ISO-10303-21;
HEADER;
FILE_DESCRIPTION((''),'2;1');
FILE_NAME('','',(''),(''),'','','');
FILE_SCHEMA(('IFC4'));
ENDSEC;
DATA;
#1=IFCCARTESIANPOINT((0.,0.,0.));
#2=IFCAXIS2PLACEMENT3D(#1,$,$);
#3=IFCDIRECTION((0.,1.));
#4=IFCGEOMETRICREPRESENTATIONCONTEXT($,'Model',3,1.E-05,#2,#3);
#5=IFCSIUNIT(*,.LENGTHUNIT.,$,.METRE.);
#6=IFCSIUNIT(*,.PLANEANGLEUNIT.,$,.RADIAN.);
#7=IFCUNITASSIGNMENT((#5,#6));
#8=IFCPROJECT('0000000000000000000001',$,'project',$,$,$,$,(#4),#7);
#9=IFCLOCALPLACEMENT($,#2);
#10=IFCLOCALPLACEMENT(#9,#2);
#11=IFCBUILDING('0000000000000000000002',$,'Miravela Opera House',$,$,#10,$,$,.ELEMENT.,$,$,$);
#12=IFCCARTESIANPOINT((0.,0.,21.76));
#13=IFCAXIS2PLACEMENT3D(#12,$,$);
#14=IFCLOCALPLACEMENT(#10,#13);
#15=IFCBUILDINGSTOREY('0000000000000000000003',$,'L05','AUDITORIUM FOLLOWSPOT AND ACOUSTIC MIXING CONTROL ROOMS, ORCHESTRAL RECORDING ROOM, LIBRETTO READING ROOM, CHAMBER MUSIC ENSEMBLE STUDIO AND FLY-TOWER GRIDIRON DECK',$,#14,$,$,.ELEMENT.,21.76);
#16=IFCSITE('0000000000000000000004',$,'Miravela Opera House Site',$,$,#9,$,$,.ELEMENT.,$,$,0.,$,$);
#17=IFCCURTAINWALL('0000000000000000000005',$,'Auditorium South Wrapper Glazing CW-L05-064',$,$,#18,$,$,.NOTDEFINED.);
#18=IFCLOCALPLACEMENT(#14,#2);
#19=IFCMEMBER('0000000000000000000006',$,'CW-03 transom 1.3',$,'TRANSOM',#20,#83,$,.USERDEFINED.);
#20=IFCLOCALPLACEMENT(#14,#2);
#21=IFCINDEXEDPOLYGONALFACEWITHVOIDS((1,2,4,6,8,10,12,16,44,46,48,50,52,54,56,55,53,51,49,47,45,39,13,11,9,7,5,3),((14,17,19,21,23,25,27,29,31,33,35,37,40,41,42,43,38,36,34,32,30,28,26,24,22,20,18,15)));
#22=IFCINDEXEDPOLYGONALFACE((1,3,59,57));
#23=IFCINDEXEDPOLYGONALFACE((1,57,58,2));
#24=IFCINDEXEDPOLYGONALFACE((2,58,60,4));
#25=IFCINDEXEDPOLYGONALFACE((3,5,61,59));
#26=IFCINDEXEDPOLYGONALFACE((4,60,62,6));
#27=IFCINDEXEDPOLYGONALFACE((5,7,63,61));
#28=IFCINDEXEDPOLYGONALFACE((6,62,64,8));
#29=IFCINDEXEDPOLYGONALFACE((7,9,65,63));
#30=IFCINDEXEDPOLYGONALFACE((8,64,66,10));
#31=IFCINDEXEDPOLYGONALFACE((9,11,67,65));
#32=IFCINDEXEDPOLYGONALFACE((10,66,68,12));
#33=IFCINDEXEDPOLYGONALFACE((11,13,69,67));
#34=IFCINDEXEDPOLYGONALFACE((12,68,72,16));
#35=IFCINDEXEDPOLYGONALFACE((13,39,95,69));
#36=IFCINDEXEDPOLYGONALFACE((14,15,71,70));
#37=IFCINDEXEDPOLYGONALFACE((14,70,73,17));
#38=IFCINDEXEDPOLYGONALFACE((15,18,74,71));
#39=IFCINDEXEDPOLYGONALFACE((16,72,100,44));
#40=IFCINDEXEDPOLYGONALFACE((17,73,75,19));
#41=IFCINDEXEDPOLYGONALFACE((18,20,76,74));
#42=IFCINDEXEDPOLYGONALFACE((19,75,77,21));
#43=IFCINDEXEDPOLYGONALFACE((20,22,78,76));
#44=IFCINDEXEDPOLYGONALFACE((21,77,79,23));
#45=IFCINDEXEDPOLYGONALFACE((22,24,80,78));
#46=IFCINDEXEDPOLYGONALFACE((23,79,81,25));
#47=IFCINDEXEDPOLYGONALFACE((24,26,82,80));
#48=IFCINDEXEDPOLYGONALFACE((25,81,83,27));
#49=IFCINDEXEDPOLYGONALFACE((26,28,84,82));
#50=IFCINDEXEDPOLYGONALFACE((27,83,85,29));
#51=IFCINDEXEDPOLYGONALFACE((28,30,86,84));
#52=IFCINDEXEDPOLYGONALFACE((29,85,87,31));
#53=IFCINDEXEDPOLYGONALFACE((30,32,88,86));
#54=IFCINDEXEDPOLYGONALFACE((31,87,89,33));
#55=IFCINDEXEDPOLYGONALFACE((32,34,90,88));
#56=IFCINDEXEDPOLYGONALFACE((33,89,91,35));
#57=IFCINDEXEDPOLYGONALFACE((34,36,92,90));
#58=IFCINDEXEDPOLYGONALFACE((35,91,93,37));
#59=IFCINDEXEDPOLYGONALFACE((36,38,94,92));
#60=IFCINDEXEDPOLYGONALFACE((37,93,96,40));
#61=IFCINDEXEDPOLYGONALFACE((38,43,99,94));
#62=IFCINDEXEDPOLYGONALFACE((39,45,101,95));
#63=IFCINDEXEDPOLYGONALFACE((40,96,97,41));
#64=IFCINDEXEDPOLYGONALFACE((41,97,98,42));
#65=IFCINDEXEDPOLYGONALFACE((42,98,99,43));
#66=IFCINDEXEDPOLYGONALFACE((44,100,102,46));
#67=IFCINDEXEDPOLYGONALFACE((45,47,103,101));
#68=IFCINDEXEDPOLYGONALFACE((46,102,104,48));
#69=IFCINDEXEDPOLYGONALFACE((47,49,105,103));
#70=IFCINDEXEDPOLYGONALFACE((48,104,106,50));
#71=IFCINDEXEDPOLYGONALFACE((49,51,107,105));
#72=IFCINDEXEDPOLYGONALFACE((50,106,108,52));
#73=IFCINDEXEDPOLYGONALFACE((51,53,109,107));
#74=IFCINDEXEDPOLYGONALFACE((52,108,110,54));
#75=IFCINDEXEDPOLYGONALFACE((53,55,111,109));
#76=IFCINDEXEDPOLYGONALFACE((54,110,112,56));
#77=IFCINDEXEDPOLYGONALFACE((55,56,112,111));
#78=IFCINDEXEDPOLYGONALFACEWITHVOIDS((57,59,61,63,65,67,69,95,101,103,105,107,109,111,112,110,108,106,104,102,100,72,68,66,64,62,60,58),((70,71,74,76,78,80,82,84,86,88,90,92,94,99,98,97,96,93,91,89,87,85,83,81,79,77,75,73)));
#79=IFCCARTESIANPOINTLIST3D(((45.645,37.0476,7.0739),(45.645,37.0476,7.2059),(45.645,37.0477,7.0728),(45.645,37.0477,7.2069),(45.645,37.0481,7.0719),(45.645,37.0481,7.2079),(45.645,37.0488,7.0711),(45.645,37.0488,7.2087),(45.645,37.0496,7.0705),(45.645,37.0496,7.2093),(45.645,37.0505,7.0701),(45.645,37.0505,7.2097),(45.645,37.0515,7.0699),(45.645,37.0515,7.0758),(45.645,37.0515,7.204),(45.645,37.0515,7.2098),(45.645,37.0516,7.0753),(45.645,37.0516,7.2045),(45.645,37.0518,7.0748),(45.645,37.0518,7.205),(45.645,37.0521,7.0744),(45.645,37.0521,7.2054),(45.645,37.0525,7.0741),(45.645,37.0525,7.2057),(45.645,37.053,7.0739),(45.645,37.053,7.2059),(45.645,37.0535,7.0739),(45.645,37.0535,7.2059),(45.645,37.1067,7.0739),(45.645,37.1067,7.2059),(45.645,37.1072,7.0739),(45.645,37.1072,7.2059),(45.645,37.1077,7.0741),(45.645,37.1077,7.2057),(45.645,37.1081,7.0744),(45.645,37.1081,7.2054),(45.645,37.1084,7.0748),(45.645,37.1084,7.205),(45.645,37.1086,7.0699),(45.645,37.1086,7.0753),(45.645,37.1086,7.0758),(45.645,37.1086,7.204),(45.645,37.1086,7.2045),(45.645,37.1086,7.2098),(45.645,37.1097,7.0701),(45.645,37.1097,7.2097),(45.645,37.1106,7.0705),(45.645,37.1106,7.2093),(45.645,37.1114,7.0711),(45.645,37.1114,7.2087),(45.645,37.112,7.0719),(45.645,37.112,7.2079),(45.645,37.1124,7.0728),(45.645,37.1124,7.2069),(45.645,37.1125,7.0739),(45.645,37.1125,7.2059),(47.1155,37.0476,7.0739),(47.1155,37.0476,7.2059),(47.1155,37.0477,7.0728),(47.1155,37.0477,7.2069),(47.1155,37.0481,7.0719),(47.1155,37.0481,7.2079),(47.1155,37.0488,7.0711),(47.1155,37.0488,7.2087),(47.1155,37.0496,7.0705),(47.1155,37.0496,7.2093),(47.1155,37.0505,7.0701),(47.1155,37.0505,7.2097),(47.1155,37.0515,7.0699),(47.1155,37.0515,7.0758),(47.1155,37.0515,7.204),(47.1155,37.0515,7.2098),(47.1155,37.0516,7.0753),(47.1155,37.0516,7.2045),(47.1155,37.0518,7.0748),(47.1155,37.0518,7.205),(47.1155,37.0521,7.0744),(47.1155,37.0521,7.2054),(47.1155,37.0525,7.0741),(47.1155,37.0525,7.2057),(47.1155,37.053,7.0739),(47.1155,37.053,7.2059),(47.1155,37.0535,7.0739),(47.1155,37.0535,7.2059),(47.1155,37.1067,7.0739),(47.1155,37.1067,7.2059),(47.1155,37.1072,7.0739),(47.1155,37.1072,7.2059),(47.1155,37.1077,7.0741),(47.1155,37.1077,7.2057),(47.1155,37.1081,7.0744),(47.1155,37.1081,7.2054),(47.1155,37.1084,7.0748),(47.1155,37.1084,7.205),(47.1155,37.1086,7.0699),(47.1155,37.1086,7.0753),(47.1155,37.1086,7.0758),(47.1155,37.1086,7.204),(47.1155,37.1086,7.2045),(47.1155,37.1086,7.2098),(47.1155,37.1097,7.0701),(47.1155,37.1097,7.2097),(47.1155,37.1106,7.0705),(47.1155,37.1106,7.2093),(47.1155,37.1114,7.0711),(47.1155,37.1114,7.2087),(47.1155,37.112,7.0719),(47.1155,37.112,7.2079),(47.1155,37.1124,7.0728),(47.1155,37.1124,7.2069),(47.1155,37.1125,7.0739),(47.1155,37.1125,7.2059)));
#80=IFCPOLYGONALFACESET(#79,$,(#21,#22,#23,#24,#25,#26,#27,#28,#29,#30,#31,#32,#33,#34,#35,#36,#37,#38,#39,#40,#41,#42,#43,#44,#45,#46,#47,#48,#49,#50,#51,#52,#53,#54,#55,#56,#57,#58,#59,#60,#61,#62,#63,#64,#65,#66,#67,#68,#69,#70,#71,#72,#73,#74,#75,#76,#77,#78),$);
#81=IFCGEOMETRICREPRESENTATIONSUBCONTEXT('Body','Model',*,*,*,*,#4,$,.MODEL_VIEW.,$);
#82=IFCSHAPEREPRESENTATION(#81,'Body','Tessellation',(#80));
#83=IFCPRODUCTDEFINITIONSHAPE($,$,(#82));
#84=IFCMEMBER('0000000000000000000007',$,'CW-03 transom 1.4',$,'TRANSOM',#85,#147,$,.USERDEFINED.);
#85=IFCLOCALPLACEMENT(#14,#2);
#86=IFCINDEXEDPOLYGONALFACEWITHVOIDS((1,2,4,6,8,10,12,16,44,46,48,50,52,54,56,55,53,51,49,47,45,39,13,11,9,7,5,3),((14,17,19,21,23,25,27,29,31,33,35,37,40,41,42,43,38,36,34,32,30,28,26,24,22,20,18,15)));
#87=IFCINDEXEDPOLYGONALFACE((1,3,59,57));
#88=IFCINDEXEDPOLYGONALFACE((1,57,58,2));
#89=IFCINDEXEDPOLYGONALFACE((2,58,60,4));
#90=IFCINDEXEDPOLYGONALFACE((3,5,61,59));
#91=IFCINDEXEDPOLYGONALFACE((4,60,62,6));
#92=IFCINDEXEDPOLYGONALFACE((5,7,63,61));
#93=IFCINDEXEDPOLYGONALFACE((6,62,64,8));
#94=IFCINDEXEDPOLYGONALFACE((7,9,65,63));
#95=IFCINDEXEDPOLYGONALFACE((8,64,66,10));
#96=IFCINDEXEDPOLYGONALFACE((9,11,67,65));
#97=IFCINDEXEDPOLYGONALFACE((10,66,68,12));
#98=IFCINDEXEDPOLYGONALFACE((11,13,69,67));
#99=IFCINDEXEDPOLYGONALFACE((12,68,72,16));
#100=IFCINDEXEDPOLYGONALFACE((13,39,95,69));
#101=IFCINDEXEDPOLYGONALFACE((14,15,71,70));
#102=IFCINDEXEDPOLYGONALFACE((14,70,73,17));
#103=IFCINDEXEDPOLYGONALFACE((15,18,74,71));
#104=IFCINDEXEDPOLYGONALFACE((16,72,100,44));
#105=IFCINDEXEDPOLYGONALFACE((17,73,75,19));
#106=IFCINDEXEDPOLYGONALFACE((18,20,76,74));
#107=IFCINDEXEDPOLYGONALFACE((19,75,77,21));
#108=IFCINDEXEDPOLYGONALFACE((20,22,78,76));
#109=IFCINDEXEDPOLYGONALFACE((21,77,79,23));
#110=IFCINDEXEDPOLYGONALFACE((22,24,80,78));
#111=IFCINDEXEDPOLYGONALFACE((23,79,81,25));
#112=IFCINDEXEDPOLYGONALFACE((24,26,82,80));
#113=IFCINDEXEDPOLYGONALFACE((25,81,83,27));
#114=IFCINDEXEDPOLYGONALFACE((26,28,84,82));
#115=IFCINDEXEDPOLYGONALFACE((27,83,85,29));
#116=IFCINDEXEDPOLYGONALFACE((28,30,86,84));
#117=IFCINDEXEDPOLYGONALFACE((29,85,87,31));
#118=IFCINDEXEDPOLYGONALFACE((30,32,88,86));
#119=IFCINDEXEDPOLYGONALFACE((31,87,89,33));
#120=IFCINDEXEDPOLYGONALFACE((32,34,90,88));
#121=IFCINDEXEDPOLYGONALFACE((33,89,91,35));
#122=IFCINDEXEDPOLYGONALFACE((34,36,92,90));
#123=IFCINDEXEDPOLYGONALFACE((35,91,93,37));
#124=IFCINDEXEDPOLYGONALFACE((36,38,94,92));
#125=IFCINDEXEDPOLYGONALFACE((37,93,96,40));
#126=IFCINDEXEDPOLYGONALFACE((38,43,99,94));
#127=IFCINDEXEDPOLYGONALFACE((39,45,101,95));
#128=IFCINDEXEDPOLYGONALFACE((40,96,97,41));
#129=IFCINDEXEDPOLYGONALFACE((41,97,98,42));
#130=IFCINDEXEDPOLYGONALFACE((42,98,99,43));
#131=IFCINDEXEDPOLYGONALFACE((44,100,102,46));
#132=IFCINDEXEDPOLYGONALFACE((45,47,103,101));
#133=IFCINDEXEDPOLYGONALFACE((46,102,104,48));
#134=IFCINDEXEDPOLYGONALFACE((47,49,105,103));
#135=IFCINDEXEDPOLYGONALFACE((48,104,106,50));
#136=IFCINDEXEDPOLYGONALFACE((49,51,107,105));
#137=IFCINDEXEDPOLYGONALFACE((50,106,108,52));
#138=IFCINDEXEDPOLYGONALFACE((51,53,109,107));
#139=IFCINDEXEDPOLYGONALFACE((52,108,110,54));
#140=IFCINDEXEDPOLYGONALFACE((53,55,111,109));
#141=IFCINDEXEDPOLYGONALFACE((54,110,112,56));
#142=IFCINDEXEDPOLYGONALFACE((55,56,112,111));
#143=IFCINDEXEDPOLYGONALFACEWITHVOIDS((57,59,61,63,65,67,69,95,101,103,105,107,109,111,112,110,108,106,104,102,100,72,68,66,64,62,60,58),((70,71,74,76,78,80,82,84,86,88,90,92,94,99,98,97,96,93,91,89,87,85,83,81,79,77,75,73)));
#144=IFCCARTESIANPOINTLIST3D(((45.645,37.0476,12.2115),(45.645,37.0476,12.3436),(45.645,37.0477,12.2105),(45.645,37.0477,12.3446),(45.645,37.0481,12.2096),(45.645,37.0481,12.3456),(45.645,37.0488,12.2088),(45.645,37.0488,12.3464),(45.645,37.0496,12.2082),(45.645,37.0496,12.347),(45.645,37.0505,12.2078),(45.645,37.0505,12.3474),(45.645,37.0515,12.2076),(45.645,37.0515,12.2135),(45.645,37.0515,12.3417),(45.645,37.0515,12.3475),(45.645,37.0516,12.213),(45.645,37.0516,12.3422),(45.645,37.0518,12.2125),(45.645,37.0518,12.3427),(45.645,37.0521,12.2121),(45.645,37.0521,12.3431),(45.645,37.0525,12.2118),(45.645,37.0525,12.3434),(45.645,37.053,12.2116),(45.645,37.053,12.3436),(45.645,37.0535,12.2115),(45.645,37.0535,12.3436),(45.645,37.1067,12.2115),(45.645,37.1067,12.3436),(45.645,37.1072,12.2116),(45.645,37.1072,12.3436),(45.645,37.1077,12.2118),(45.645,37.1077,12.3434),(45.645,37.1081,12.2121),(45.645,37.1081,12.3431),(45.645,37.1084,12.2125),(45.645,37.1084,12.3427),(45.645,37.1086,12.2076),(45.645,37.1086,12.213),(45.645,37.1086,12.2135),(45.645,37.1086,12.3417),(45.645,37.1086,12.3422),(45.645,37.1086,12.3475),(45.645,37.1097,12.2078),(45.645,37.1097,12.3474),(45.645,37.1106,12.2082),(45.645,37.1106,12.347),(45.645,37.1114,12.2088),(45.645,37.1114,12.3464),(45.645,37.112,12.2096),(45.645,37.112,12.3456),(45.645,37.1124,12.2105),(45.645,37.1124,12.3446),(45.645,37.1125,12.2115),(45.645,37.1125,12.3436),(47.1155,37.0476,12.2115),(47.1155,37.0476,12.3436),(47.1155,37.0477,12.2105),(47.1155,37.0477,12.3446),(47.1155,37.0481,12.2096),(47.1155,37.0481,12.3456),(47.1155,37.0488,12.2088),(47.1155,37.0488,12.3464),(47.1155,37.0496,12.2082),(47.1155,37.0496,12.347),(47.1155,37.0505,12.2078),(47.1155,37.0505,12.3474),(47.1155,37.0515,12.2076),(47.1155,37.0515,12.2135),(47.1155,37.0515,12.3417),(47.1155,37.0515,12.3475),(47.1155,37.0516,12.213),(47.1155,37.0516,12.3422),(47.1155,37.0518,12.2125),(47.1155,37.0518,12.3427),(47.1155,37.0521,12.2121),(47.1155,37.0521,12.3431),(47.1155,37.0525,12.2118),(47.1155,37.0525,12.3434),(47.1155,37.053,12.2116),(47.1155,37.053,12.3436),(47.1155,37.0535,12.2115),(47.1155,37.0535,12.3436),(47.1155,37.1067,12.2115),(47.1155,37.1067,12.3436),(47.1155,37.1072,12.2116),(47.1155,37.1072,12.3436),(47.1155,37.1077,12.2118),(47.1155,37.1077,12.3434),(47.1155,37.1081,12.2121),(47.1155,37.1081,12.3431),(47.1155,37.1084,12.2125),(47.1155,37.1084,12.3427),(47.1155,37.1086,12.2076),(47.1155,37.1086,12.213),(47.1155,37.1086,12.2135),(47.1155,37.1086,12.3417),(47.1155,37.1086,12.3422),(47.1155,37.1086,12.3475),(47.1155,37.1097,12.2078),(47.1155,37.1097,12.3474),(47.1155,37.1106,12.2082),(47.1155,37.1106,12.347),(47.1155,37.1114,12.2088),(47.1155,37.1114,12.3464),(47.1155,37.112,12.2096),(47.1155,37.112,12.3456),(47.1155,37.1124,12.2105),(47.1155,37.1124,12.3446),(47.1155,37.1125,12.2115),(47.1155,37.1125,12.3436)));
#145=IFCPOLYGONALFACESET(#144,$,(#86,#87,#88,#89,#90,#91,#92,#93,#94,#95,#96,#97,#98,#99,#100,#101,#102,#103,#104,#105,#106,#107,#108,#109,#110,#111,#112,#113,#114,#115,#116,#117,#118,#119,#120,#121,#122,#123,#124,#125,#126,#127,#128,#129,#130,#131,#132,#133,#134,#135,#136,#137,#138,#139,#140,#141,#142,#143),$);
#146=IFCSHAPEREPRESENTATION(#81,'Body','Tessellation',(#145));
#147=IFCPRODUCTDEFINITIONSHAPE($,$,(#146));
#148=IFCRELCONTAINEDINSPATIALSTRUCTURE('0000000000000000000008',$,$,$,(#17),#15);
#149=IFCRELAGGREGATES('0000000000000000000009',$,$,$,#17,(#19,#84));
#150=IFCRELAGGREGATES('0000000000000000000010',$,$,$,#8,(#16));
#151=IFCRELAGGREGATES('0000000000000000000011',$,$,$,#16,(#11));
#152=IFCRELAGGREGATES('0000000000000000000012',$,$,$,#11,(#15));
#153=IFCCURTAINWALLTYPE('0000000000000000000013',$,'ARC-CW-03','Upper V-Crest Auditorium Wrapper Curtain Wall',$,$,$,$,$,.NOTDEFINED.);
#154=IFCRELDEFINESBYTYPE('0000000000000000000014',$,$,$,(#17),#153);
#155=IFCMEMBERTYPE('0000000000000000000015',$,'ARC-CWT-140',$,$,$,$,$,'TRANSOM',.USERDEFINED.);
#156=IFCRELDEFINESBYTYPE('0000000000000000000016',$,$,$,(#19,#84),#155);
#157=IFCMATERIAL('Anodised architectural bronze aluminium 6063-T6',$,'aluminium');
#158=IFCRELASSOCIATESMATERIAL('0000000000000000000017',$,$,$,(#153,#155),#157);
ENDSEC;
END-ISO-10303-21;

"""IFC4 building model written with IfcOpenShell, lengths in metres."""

from ifc_helpers import new_model, si_unit, direction, frame, origin, origin_2d, place, context, subcontext, project, spatial, hollow_rectangle, extrude, material, material_profile, profile_set, type_object, element, aggregate, save


model = new_model("IFC4")

# Units and contexts
model_context = context("Model", 3, precision=1e-05, world=origin(), true_north=direction((0.0, 1.0)))
body_context = subcontext(model_context, "Body", "Model", "MODEL_VIEW")
ifc_project = project(units=[si_unit("LENGTHUNIT", "METRE"), si_unit("PLANEANGLEUNIT", "RADIAN")], contexts=[model_context])

# Site, building, storey
site_placement = place(None, origin())
site = spatial("IfcSite", under=ifc_project, at=site_placement, Name="Miravela Opera House Site", CompositionType="ELEMENT", RefElevation=0.0)
building_placement = place(site_placement, origin())
building = spatial("IfcBuilding", under=site, at=building_placement, Name="Miravela Opera House", CompositionType="ELEMENT")
storey_placement = place(building_placement, frame((0.0, 0.0, 21.76)))
storey = spatial("IfcBuildingStorey", under=building, at=storey_placement, Name="L05", Description="AUDITORIUM FOLLOWSPOT AND ACOUSTIC MIXING CONTROL ROOMS, ORCHESTRAL RECORDING ROOM, LIBRETTO READING ROOM, CHAMBER MUSIC ENSEMBLE STUDIO AND FLY-TOWER GRIDIRON DECK", CompositionType="ELEMENT", Elevation=21.76)

# Curtain wall, members
ifc_material_1 = material(Name="Anodised architectural bronze aluminium 6063-T6", Category="aluminium")
curtain_wall_type = type_object("IfcCurtainWallType", Name="ARC-CW-03", Description="Upper V-Crest Auditorium Wrapper Curtain Wall", PredefinedType="NOTDEFINED", material=ifc_material_1)
ifc_material_profile_1 = material_profile(ifc_material_1, hollow_rectangle(XDim=0.0649, YDim=0.1399, WallThickness=0.0039, InnerFilletRadius=0.002, OuterFilletRadius=0.0039, at=origin_2d()), Name="CWT-65X140")
ifc_profile_set_1 = profile_set([ifc_material_profile_1])
member_type = type_object("IfcMemberType", Name="ARC-CWT-140", ElementType="TRANSOM", PredefinedType="USERDEFINED", material=ifc_profile_set_1)
curtain_wall_1_placement = place(storey_placement, origin())
curtain_wall_1 = element("IfcCurtainWall", 1, at=curtain_wall_1_placement, inside=storey, type_object=curtain_wall_type, Name="Auditorium South Wrapper Glazing CW-L05-064", PredefinedType="NOTDEFINED")
member_1_placement = place(storey_placement, frame((45.645, 37.0801, 7.1399), z_axis=(1.0, 0.0, 0.0), x_axis=(0.0, 1.0, 0.0)))
member_1 = element("IfcMember", 2, at=member_1_placement, type_object=member_type, Name="CW-03 transom 1.3", ObjectType="TRANSOM", PredefinedType="USERDEFINED", context=body_context, shape_type="SweptSolid", body=[
    extrude(hollow_rectangle(XDim=0.0649, YDim=0.1399, WallThickness=0.0039, InnerFilletRadius=0.002, OuterFilletRadius=0.0039, at=origin_2d()), origin(), (0.0, 0.0, 1.0), 1.4705),
])
member_2_placement = place(storey_placement, frame((45.645, 37.0801, 12.2776), z_axis=(1.0, 0.0, 0.0), x_axis=(0.0, 1.0, 0.0)))
member_2 = element("IfcMember", 3, at=member_2_placement, type_object=member_type, Name="CW-03 transom 1.4", ObjectType="TRANSOM", PredefinedType="USERDEFINED", context=body_context, shape_type="SweptSolid", body=[
    extrude(hollow_rectangle(XDim=0.0649, YDim=0.1399, WallThickness=0.0039, InnerFilletRadius=0.002, OuterFilletRadius=0.0039, at=origin_2d()), origin(), (0.0, 0.0, 1.0), 1.4705),
])

aggregate(curtain_wall_1, [member_1, member_2])

save(model, "model.ifc")
